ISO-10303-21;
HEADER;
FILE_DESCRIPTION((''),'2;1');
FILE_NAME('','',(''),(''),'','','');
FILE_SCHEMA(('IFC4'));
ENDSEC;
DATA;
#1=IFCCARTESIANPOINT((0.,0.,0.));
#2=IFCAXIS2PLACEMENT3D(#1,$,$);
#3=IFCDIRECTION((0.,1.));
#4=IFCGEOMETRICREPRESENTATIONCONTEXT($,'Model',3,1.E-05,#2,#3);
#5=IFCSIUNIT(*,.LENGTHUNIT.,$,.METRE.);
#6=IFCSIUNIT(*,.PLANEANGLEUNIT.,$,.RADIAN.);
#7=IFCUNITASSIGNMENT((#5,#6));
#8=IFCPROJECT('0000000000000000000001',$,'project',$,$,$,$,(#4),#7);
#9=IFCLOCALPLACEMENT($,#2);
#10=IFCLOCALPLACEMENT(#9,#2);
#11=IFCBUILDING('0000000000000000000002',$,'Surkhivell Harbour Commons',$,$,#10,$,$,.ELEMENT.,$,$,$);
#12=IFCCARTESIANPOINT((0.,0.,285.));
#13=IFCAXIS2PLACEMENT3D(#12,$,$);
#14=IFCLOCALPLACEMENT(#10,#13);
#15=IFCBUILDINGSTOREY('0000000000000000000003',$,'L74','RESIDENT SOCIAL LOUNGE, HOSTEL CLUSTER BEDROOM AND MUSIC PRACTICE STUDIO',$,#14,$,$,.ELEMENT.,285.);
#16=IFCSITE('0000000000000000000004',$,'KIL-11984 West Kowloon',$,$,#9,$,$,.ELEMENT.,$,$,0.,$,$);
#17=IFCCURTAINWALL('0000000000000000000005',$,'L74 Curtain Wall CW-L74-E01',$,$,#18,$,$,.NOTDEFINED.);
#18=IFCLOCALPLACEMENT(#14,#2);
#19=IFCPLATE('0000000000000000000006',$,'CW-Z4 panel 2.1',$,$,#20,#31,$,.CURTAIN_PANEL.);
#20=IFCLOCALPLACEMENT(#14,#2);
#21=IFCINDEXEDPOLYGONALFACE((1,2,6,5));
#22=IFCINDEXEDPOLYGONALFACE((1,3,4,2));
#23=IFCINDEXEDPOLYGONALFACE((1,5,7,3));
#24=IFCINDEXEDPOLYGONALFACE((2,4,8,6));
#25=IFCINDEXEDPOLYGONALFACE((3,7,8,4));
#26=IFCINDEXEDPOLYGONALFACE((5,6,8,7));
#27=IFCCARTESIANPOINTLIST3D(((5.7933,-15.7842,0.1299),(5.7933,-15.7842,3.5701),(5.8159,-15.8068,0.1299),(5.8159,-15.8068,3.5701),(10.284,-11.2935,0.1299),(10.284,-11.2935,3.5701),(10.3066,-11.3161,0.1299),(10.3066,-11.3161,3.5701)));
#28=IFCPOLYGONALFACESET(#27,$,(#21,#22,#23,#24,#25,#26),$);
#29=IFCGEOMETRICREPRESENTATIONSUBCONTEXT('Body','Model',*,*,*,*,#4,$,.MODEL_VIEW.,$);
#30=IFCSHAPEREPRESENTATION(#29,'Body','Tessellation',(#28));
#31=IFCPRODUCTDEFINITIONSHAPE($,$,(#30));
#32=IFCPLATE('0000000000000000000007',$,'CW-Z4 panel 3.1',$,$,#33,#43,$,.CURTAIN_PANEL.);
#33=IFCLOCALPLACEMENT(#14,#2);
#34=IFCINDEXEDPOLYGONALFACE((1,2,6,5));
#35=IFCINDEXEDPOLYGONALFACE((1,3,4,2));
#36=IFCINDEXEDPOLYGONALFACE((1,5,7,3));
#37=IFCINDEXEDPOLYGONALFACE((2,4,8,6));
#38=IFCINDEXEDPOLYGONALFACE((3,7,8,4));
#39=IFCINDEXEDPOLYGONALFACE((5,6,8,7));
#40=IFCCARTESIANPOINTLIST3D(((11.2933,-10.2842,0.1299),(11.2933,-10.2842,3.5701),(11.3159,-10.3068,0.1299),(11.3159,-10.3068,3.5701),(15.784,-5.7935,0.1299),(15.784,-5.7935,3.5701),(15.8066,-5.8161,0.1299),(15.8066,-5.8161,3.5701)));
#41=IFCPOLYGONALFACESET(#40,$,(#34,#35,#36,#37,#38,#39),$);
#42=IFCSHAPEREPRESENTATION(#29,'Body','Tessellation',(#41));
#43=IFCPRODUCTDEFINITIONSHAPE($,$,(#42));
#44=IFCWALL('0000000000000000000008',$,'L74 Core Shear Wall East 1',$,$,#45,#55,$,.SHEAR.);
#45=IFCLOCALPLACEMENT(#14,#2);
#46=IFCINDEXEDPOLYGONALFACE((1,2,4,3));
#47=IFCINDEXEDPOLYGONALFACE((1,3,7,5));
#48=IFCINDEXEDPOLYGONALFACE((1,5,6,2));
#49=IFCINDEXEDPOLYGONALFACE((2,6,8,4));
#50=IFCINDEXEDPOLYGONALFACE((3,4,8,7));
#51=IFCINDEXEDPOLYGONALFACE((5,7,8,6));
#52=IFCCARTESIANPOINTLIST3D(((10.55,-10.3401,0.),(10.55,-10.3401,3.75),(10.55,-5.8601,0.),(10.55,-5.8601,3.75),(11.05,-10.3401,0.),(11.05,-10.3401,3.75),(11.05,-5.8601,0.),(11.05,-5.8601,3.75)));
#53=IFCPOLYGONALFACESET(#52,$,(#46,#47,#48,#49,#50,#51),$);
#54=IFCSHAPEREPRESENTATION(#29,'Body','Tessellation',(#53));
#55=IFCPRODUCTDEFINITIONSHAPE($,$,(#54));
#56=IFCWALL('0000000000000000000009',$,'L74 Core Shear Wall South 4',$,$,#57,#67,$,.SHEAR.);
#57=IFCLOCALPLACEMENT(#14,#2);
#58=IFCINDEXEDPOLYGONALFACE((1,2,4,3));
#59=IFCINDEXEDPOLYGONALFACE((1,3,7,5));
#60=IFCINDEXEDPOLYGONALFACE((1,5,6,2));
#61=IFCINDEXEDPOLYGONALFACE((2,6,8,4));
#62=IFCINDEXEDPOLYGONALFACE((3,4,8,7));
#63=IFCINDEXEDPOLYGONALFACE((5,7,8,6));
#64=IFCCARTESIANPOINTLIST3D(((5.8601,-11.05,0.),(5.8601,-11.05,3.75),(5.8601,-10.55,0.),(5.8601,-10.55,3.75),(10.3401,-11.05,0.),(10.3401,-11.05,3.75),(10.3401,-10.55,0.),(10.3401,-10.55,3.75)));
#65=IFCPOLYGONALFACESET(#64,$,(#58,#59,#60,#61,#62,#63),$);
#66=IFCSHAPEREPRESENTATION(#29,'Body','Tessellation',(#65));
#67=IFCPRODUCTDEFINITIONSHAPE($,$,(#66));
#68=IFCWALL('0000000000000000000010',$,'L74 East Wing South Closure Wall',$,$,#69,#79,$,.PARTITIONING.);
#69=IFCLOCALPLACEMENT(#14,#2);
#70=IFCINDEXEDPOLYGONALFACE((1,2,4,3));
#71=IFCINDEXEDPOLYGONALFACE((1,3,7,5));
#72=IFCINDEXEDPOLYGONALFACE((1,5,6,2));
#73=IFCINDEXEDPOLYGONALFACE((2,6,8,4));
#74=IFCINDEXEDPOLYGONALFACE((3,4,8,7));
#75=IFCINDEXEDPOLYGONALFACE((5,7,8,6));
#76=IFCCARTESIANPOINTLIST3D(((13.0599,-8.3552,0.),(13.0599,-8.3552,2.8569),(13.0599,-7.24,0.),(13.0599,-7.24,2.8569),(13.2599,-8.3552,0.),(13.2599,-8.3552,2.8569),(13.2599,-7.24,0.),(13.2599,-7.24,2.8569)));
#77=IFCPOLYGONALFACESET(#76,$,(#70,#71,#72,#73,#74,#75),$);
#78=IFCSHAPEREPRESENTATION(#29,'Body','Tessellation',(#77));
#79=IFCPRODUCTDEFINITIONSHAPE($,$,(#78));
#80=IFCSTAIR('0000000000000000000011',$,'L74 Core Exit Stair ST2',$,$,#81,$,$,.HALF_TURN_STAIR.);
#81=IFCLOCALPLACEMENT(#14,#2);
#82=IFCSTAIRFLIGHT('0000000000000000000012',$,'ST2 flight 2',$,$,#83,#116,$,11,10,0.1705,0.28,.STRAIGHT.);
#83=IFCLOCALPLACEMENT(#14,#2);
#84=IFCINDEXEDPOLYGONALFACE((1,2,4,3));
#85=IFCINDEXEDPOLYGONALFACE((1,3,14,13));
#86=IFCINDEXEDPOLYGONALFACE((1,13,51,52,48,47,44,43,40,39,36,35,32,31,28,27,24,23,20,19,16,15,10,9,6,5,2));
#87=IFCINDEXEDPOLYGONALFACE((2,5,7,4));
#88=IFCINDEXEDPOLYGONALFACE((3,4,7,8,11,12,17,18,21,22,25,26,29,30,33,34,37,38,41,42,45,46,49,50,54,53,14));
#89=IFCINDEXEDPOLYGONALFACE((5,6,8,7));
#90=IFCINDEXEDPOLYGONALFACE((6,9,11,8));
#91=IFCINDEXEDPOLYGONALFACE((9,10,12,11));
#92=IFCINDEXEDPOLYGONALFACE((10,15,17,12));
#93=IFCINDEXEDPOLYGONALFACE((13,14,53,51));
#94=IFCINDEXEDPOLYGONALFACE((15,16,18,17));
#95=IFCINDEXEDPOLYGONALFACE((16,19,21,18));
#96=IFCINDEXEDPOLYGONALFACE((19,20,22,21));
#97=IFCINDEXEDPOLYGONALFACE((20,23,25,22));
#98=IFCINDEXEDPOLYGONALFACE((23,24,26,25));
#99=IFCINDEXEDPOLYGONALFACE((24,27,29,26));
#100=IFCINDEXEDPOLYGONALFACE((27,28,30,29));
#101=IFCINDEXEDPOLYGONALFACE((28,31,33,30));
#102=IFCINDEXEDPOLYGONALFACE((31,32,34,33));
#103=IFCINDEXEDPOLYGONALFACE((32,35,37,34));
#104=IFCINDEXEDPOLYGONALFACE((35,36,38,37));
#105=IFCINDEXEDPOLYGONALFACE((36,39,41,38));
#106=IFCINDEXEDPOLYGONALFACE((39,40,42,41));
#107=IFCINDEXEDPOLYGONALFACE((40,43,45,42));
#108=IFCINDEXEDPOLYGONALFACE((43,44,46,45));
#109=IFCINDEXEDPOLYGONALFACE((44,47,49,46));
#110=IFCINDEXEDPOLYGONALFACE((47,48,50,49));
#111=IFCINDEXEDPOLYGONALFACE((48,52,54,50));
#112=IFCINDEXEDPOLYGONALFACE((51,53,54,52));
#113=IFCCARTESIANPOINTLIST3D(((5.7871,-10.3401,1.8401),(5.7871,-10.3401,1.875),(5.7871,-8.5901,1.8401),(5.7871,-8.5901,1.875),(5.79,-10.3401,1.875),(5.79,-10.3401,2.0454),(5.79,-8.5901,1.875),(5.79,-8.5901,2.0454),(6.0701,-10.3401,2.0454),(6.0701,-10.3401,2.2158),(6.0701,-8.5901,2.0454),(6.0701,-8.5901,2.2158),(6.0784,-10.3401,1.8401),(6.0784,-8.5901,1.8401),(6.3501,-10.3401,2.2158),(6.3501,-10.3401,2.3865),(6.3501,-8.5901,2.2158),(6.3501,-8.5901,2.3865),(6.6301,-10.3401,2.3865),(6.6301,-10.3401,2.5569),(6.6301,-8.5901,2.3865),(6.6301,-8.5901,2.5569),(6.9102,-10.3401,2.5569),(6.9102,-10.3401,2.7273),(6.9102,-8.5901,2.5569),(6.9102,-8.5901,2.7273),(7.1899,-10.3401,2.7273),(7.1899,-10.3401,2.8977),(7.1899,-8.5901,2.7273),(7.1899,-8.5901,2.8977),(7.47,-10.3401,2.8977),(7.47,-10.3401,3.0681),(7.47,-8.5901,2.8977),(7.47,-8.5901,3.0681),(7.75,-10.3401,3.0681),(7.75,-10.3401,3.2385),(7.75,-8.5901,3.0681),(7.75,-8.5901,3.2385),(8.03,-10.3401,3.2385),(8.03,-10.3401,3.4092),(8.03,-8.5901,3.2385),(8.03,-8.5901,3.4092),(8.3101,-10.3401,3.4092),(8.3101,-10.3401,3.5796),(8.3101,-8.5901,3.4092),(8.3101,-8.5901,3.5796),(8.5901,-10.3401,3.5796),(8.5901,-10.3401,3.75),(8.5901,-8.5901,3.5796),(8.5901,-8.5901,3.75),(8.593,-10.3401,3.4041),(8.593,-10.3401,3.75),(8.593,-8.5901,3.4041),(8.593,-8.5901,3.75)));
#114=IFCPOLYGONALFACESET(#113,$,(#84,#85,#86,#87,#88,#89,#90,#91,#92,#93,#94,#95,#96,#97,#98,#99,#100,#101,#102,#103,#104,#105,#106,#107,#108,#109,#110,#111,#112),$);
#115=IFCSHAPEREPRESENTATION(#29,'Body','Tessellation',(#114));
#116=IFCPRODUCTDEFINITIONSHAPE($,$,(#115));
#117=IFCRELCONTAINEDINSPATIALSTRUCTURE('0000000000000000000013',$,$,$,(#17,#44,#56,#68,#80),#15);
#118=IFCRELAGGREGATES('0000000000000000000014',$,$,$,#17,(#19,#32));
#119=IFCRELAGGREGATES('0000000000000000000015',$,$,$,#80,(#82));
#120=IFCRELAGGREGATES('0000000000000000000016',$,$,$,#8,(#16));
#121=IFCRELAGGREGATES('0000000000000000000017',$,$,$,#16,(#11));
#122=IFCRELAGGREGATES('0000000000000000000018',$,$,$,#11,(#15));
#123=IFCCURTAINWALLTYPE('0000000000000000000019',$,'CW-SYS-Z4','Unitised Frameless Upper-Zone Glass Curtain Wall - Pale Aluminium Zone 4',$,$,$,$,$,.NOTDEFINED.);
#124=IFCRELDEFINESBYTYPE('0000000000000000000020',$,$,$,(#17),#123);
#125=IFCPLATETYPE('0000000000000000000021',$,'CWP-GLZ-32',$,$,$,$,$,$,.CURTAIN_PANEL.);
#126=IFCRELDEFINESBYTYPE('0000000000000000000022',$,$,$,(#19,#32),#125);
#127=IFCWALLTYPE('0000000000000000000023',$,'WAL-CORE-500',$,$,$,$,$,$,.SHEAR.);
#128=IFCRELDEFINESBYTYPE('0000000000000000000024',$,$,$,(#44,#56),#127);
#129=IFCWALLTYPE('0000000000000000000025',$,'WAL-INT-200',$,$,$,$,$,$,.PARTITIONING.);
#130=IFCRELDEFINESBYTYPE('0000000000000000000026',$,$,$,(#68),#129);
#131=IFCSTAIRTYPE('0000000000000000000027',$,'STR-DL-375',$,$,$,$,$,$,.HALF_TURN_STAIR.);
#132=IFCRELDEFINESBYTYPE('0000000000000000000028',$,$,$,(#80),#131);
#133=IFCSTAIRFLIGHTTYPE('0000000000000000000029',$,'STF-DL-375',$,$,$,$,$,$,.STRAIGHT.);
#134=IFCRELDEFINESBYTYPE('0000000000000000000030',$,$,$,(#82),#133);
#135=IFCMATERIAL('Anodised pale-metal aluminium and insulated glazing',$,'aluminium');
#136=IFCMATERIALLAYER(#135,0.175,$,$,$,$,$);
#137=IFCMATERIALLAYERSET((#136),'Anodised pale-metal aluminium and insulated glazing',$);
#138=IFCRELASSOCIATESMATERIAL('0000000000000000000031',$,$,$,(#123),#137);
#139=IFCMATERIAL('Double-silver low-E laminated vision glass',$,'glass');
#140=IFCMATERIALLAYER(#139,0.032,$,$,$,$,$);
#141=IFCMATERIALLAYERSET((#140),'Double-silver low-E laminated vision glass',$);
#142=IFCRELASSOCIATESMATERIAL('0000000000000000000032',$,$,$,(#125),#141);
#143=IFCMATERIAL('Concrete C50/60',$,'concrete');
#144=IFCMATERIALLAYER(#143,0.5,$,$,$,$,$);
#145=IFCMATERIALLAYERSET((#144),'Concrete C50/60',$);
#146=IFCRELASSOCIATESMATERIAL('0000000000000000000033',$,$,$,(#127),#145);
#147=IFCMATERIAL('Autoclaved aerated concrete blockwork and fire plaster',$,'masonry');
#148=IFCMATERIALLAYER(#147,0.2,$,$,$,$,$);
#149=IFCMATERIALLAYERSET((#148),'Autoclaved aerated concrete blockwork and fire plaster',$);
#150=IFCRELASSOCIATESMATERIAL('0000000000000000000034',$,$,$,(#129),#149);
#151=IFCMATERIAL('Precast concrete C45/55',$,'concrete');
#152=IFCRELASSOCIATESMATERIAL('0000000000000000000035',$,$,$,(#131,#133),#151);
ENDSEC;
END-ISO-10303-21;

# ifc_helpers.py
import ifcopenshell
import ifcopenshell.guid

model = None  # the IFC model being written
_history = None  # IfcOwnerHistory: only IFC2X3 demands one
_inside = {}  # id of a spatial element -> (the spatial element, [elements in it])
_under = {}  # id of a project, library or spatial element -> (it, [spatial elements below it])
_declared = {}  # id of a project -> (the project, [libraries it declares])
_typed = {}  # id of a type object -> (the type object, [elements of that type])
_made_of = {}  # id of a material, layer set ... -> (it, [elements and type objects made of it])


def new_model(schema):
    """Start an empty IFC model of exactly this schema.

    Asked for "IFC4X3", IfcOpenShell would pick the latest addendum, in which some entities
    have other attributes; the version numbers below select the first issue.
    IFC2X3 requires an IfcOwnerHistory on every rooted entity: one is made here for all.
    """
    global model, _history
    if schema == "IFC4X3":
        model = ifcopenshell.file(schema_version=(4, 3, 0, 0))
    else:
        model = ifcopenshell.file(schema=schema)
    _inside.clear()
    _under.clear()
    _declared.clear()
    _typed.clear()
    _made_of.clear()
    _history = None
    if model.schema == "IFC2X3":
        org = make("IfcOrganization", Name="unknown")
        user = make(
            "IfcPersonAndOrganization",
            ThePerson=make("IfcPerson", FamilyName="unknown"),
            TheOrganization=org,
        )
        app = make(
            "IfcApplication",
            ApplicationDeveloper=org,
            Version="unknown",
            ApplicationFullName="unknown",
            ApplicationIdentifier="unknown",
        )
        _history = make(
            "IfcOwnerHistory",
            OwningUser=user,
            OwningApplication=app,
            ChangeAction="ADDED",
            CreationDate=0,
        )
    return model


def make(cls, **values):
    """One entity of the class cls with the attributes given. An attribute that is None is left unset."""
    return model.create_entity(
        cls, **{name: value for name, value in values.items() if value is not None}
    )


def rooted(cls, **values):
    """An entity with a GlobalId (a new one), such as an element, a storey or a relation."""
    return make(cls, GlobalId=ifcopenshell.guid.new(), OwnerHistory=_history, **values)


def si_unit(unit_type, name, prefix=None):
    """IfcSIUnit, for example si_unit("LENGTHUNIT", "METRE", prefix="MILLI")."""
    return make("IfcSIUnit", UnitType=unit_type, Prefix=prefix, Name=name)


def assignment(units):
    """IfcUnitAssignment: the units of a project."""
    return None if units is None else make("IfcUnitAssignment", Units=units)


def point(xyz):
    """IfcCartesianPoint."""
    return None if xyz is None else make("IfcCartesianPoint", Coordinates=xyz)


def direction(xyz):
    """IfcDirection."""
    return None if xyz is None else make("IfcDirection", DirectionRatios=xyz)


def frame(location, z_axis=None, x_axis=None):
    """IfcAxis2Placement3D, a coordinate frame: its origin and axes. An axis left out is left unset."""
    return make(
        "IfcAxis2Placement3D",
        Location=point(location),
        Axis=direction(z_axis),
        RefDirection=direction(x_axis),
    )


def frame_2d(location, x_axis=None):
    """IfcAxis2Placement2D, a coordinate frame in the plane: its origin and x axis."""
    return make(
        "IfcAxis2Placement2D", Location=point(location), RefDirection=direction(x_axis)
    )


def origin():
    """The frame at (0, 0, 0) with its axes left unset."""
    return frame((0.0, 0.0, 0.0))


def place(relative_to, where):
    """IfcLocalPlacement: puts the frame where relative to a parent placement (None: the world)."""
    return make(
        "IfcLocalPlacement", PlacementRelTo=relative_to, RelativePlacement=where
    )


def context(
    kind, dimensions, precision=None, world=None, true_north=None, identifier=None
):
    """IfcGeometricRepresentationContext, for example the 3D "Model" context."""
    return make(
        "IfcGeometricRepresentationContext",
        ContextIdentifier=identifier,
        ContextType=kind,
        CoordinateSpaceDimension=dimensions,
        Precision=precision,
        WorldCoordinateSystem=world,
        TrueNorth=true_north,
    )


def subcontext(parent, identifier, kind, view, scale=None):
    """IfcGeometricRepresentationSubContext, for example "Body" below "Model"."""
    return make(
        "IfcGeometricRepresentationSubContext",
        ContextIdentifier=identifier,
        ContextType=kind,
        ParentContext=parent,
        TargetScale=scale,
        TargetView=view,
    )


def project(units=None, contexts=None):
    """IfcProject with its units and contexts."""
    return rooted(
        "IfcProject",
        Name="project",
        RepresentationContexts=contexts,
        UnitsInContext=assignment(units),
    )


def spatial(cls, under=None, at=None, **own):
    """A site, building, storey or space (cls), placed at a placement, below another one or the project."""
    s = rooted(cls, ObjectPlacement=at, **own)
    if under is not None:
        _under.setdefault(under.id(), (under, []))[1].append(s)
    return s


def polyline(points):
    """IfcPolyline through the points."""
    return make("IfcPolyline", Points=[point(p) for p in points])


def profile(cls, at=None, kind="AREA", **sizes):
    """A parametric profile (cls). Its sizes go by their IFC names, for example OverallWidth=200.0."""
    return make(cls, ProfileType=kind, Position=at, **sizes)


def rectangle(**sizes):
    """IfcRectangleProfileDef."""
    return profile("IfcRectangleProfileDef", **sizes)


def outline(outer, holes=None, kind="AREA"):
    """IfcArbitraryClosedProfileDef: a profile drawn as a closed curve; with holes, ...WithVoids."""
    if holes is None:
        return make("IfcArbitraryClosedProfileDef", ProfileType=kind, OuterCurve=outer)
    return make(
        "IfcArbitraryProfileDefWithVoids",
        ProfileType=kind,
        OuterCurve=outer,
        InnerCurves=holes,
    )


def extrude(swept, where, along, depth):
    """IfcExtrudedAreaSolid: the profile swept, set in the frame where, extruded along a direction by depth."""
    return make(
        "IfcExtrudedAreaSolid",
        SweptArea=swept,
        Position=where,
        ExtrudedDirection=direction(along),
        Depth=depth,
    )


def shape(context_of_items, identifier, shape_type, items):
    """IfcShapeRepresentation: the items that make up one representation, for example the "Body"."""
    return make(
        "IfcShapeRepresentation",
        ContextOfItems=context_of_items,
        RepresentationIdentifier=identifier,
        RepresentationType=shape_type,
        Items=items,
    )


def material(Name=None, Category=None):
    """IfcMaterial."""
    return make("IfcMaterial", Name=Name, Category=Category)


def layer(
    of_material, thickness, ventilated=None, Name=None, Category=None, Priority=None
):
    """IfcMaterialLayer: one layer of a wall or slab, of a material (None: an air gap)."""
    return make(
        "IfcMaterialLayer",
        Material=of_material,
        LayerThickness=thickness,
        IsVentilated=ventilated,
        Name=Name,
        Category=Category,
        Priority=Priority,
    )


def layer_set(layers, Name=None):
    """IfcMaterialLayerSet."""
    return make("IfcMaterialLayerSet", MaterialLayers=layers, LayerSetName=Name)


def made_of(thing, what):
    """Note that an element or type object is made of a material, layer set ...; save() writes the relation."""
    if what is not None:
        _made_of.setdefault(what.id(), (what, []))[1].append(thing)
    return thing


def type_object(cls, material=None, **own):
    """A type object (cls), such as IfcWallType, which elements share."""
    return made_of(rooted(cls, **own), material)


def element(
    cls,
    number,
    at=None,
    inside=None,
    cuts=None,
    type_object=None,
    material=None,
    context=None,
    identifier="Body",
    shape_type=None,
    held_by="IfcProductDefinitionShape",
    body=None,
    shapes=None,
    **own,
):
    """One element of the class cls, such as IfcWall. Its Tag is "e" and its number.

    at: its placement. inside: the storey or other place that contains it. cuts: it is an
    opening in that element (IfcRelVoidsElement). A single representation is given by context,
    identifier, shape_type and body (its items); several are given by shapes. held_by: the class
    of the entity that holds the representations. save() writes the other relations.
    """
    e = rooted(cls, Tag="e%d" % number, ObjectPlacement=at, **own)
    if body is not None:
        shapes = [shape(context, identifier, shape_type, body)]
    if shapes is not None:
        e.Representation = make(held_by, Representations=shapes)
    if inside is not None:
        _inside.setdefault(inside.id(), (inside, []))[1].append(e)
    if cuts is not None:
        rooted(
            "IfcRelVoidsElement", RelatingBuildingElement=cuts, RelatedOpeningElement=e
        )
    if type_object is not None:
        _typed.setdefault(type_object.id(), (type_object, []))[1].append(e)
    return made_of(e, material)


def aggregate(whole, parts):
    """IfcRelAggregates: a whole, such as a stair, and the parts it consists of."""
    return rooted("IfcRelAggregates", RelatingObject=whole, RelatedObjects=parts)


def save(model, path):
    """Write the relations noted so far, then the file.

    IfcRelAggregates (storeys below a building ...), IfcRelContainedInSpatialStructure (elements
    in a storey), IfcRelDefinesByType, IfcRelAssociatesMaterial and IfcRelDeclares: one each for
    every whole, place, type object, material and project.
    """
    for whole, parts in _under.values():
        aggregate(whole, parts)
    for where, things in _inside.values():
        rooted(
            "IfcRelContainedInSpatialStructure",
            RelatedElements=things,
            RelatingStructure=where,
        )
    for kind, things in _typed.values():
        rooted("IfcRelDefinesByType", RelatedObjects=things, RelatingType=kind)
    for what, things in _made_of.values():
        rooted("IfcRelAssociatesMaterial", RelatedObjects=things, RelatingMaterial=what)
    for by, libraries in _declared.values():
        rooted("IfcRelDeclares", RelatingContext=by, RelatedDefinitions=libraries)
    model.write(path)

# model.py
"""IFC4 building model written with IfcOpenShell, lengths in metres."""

from ifc_helpers import new_model, si_unit, direction, frame, frame_2d, origin, place, context, subcontext, project, spatial, polyline, rectangle, outline, extrude, material, layer, layer_set, type_object, element, aggregate, save


model = new_model("IFC4")

# Units and contexts
model_context = context("Model", 3, precision=1e-05, world=origin(), true_north=direction((0.0, 1.0)))
body_context = subcontext(model_context, "Body", "Model", "MODEL_VIEW")
ifc_project = project(units=[si_unit("LENGTHUNIT", "METRE"), si_unit("PLANEANGLEUNIT", "RADIAN")], contexts=[model_context])

# Site, building, storey
site_placement = place(None, origin())
site = spatial("IfcSite", under=ifc_project, at=site_placement, Name="KIL-11984 West Kowloon", CompositionType="ELEMENT", RefElevation=0.0)
building_placement = place(site_placement, origin())
building = spatial("IfcBuilding", under=site, at=building_placement, Name="Surkhivell Harbour Commons", CompositionType="ELEMENT")
storey_placement = place(building_placement, frame((0.0, 0.0, 285.0)))
storey = spatial("IfcBuildingStorey", under=building, at=storey_placement, Name="L74", Description="RESIDENT SOCIAL LOUNGE, HOSTEL CLUSTER BEDROOM AND MUSIC PRACTICE STUDIO", CompositionType="ELEMENT", Elevation=285.0)

# Shared definitions
ifc_material_1 = material(Name="Concrete C50/60", Category="concrete")

# Curtain wall, plates
ifc_material_2 = material(Name="Anodised pale-metal aluminium and insulated glazing", Category="aluminium")
ifc_layer_1 = layer(ifc_material_2, 0.175)
ifc_layer_set_1 = layer_set([ifc_layer_1], Name="Anodised pale-metal aluminium and insulated glazing")
curtain_wall_type = type_object("IfcCurtainWallType", Name="CW-SYS-Z4", Description="Unitised Frameless Upper-Zone Glass Curtain Wall - Pale Aluminium Zone 4", PredefinedType="NOTDEFINED", material=ifc_layer_set_1)
curtain_wall_placement = place(storey_placement, origin())
curtain_wall = element("IfcCurtainWall", 1, at=curtain_wall_placement, inside=storey, type_object=curtain_wall_type, Name="L74 Curtain Wall CW-L74-E01", PredefinedType="NOTDEFINED")
ifc_material_3 = material(Name="Double-silver low-E laminated vision glass", Category="glass")
ifc_layer_2 = layer(ifc_material_3, 0.032)
ifc_layer_set_2 = layer_set([ifc_layer_2], Name="Double-silver low-E laminated vision glass")
plate_type = type_object("IfcPlateType", Name="CWP-GLZ-32", PredefinedType="CURTAIN_PANEL", material=ifc_layer_set_2)
plate_1_placement = place(storey_placement, frame((5.8047, -15.7954, 0.1299), z_axis=(0.0, 0.0, 1.0), x_axis=(0.707107, 0.707107, 0.0)))
plate_1 = element("IfcPlate", 2, at=plate_1_placement, type_object=plate_type, Name="CW-Z4 panel 2.1", PredefinedType="CURTAIN_PANEL", context=body_context, shape_type="SweptSolid", body=[
    extrude(rectangle(XDim=6.3508, YDim=0.032, at=frame_2d((3.1753, 0.0))), origin(), (0.0, 0.0, 1.0), 3.4402),
])
plate_2_placement = place(storey_placement, frame((11.3047, -10.2954, 0.1299), z_axis=(0.0, 0.0, 1.0), x_axis=(0.707107, 0.707107, 0.0)))
plate_2 = element("IfcPlate", 3, at=plate_2_placement, type_object=plate_type, Name="CW-Z4 panel 3.1", PredefinedType="CURTAIN_PANEL", context=body_context, shape_type="SweptSolid", body=[
    extrude(rectangle(XDim=6.3508, YDim=0.032, at=frame_2d((3.1753, 0.0))), origin(), (0.0, 0.0, 1.0), 3.4402),
])
aggregate(curtain_wall, [plate_1, plate_2])

# Walls
ifc_layer_3 = layer(ifc_material_1, 0.5)
ifc_layer_set_3 = layer_set([ifc_layer_3], Name="Concrete C50/60")
wall_type_1 = type_object("IfcWallType", Name="WAL-CORE-500", PredefinedType="SHEAR", material=ifc_layer_set_3)
for number, where, z_axis, x_axis, name in (
    (4, (10.8, -10.3401, 0.0), (0.0, 0.0, 1.0), (0.0, 1.0, 0.0), "L74 Core Shear Wall East 1"),
    (5, (5.8601, -10.8, 0.0), (0.0, 0.0, 1.0), (1.0, 0.0, 0.0), "L74 Core Shear Wall South 4"),
):
    element("IfcWall", number, at=place(storey_placement, frame(where, z_axis=z_axis, x_axis=x_axis)), inside=storey, type_object=wall_type_1, Name=name, PredefinedType="SHEAR", context=body_context, shape_type="SweptSolid", body=[
        extrude(rectangle(XDim=4.48, YDim=0.5, at=frame_2d((2.24, 0.0))), origin(), (0.0, 0.0, 1.0), 3.75),
    ])
ifc_material_4 = material(Name="Autoclaved aerated concrete blockwork and fire plaster", Category="masonry")
ifc_layer_4 = layer(ifc_material_4, 0.2)
ifc_layer_set_4 = layer_set([ifc_layer_4], Name="Autoclaved aerated concrete blockwork and fire plaster")
wall_type_2 = type_object("IfcWallType", Name="WAL-INT-200", PredefinedType="PARTITIONING", material=ifc_layer_set_4)
wall_placement = place(storey_placement, frame((13.1599, -8.3552, 0.0), z_axis=(0.0, 0.0, 1.0), x_axis=(0.0, 1.0, 0.0)))
element("IfcWall", 6, at=wall_placement, inside=storey, type_object=wall_type_2, Name="L74 East Wing South Closure Wall", PredefinedType="PARTITIONING", context=body_context, shape_type="SweptSolid", body=[
    extrude(rectangle(XDim=1.1152, YDim=0.2, at=frame_2d((0.5576, 0.0))), origin(), (0.0, 0.0, 1.0), 2.8569),
])

# Stair, stair flight
ifc_material_5 = material(Name="Precast concrete C45/55", Category="concrete")
stair_type = type_object("IfcStairType", Name="STR-DL-375", PredefinedType="HALF_TURN_STAIR", material=ifc_material_5)
stair_placement = place(storey_placement, origin())
stair = element("IfcStair", 7, at=stair_placement, inside=storey, type_object=stair_type, Name="L74 Core Exit Stair ST2", PredefinedType="HALF_TURN_STAIR")
stair_flight_type = type_object("IfcStairFlightType", Name="STF-DL-375", PredefinedType="STRAIGHT", material=ifc_material_5)
stair_flight_placement = place(storey_placement, frame((5.79, -9.4651, 1.875), z_axis=(0.0, 0.0, 1.0), x_axis=(1.0, 0.0, 0.0)))
stair_flight = element("IfcStairFlight", 8, at=stair_flight_placement, type_object=stair_flight_type, Name="ST2 flight 2", NumberOfRisers=11, NumberOfTreads=10, PredefinedType="STRAIGHT", RiserHeight=0.1705, TreadLength=0.28, context=body_context, shape_type="SweptSolid", body=[
    extrude(outline(polyline([(-0.0029, -0.0349), (-0.0029, 0.0), (0.0, 0.0), (0.0, 0.1704), (0.28, 0.1704), (0.28, 0.3408), (0.5601, 0.3408), (0.5601, 0.5115), (0.8401, 0.5115), (0.8401, 0.6819), (1.1201, 0.6819), (1.1201, 0.8523), (1.3999, 0.8523), (1.3999, 1.0227), (1.6799, 1.0227), (1.6799, 1.1931), (1.96, 1.1931), (1.96, 1.3635), (2.24, 1.3635), (2.24, 1.5342), (2.52, 1.5342), (2.52, 1.7046), (2.8, 1.7046), (2.8, 1.875), (2.803, 1.875), (2.803, 1.5291), (0.2883, -0.0349), (-0.0029, -0.0349)])), frame((0.0, 0.875, 0.0), z_axis=(0.0, -1.0, 0.0), x_axis=(1.0, 0.0, 0.0)), (0.0, 0.0, 1.0), 1.75),
])
aggregate(stair, [stair_flight])

save(model, "model.ifc")
